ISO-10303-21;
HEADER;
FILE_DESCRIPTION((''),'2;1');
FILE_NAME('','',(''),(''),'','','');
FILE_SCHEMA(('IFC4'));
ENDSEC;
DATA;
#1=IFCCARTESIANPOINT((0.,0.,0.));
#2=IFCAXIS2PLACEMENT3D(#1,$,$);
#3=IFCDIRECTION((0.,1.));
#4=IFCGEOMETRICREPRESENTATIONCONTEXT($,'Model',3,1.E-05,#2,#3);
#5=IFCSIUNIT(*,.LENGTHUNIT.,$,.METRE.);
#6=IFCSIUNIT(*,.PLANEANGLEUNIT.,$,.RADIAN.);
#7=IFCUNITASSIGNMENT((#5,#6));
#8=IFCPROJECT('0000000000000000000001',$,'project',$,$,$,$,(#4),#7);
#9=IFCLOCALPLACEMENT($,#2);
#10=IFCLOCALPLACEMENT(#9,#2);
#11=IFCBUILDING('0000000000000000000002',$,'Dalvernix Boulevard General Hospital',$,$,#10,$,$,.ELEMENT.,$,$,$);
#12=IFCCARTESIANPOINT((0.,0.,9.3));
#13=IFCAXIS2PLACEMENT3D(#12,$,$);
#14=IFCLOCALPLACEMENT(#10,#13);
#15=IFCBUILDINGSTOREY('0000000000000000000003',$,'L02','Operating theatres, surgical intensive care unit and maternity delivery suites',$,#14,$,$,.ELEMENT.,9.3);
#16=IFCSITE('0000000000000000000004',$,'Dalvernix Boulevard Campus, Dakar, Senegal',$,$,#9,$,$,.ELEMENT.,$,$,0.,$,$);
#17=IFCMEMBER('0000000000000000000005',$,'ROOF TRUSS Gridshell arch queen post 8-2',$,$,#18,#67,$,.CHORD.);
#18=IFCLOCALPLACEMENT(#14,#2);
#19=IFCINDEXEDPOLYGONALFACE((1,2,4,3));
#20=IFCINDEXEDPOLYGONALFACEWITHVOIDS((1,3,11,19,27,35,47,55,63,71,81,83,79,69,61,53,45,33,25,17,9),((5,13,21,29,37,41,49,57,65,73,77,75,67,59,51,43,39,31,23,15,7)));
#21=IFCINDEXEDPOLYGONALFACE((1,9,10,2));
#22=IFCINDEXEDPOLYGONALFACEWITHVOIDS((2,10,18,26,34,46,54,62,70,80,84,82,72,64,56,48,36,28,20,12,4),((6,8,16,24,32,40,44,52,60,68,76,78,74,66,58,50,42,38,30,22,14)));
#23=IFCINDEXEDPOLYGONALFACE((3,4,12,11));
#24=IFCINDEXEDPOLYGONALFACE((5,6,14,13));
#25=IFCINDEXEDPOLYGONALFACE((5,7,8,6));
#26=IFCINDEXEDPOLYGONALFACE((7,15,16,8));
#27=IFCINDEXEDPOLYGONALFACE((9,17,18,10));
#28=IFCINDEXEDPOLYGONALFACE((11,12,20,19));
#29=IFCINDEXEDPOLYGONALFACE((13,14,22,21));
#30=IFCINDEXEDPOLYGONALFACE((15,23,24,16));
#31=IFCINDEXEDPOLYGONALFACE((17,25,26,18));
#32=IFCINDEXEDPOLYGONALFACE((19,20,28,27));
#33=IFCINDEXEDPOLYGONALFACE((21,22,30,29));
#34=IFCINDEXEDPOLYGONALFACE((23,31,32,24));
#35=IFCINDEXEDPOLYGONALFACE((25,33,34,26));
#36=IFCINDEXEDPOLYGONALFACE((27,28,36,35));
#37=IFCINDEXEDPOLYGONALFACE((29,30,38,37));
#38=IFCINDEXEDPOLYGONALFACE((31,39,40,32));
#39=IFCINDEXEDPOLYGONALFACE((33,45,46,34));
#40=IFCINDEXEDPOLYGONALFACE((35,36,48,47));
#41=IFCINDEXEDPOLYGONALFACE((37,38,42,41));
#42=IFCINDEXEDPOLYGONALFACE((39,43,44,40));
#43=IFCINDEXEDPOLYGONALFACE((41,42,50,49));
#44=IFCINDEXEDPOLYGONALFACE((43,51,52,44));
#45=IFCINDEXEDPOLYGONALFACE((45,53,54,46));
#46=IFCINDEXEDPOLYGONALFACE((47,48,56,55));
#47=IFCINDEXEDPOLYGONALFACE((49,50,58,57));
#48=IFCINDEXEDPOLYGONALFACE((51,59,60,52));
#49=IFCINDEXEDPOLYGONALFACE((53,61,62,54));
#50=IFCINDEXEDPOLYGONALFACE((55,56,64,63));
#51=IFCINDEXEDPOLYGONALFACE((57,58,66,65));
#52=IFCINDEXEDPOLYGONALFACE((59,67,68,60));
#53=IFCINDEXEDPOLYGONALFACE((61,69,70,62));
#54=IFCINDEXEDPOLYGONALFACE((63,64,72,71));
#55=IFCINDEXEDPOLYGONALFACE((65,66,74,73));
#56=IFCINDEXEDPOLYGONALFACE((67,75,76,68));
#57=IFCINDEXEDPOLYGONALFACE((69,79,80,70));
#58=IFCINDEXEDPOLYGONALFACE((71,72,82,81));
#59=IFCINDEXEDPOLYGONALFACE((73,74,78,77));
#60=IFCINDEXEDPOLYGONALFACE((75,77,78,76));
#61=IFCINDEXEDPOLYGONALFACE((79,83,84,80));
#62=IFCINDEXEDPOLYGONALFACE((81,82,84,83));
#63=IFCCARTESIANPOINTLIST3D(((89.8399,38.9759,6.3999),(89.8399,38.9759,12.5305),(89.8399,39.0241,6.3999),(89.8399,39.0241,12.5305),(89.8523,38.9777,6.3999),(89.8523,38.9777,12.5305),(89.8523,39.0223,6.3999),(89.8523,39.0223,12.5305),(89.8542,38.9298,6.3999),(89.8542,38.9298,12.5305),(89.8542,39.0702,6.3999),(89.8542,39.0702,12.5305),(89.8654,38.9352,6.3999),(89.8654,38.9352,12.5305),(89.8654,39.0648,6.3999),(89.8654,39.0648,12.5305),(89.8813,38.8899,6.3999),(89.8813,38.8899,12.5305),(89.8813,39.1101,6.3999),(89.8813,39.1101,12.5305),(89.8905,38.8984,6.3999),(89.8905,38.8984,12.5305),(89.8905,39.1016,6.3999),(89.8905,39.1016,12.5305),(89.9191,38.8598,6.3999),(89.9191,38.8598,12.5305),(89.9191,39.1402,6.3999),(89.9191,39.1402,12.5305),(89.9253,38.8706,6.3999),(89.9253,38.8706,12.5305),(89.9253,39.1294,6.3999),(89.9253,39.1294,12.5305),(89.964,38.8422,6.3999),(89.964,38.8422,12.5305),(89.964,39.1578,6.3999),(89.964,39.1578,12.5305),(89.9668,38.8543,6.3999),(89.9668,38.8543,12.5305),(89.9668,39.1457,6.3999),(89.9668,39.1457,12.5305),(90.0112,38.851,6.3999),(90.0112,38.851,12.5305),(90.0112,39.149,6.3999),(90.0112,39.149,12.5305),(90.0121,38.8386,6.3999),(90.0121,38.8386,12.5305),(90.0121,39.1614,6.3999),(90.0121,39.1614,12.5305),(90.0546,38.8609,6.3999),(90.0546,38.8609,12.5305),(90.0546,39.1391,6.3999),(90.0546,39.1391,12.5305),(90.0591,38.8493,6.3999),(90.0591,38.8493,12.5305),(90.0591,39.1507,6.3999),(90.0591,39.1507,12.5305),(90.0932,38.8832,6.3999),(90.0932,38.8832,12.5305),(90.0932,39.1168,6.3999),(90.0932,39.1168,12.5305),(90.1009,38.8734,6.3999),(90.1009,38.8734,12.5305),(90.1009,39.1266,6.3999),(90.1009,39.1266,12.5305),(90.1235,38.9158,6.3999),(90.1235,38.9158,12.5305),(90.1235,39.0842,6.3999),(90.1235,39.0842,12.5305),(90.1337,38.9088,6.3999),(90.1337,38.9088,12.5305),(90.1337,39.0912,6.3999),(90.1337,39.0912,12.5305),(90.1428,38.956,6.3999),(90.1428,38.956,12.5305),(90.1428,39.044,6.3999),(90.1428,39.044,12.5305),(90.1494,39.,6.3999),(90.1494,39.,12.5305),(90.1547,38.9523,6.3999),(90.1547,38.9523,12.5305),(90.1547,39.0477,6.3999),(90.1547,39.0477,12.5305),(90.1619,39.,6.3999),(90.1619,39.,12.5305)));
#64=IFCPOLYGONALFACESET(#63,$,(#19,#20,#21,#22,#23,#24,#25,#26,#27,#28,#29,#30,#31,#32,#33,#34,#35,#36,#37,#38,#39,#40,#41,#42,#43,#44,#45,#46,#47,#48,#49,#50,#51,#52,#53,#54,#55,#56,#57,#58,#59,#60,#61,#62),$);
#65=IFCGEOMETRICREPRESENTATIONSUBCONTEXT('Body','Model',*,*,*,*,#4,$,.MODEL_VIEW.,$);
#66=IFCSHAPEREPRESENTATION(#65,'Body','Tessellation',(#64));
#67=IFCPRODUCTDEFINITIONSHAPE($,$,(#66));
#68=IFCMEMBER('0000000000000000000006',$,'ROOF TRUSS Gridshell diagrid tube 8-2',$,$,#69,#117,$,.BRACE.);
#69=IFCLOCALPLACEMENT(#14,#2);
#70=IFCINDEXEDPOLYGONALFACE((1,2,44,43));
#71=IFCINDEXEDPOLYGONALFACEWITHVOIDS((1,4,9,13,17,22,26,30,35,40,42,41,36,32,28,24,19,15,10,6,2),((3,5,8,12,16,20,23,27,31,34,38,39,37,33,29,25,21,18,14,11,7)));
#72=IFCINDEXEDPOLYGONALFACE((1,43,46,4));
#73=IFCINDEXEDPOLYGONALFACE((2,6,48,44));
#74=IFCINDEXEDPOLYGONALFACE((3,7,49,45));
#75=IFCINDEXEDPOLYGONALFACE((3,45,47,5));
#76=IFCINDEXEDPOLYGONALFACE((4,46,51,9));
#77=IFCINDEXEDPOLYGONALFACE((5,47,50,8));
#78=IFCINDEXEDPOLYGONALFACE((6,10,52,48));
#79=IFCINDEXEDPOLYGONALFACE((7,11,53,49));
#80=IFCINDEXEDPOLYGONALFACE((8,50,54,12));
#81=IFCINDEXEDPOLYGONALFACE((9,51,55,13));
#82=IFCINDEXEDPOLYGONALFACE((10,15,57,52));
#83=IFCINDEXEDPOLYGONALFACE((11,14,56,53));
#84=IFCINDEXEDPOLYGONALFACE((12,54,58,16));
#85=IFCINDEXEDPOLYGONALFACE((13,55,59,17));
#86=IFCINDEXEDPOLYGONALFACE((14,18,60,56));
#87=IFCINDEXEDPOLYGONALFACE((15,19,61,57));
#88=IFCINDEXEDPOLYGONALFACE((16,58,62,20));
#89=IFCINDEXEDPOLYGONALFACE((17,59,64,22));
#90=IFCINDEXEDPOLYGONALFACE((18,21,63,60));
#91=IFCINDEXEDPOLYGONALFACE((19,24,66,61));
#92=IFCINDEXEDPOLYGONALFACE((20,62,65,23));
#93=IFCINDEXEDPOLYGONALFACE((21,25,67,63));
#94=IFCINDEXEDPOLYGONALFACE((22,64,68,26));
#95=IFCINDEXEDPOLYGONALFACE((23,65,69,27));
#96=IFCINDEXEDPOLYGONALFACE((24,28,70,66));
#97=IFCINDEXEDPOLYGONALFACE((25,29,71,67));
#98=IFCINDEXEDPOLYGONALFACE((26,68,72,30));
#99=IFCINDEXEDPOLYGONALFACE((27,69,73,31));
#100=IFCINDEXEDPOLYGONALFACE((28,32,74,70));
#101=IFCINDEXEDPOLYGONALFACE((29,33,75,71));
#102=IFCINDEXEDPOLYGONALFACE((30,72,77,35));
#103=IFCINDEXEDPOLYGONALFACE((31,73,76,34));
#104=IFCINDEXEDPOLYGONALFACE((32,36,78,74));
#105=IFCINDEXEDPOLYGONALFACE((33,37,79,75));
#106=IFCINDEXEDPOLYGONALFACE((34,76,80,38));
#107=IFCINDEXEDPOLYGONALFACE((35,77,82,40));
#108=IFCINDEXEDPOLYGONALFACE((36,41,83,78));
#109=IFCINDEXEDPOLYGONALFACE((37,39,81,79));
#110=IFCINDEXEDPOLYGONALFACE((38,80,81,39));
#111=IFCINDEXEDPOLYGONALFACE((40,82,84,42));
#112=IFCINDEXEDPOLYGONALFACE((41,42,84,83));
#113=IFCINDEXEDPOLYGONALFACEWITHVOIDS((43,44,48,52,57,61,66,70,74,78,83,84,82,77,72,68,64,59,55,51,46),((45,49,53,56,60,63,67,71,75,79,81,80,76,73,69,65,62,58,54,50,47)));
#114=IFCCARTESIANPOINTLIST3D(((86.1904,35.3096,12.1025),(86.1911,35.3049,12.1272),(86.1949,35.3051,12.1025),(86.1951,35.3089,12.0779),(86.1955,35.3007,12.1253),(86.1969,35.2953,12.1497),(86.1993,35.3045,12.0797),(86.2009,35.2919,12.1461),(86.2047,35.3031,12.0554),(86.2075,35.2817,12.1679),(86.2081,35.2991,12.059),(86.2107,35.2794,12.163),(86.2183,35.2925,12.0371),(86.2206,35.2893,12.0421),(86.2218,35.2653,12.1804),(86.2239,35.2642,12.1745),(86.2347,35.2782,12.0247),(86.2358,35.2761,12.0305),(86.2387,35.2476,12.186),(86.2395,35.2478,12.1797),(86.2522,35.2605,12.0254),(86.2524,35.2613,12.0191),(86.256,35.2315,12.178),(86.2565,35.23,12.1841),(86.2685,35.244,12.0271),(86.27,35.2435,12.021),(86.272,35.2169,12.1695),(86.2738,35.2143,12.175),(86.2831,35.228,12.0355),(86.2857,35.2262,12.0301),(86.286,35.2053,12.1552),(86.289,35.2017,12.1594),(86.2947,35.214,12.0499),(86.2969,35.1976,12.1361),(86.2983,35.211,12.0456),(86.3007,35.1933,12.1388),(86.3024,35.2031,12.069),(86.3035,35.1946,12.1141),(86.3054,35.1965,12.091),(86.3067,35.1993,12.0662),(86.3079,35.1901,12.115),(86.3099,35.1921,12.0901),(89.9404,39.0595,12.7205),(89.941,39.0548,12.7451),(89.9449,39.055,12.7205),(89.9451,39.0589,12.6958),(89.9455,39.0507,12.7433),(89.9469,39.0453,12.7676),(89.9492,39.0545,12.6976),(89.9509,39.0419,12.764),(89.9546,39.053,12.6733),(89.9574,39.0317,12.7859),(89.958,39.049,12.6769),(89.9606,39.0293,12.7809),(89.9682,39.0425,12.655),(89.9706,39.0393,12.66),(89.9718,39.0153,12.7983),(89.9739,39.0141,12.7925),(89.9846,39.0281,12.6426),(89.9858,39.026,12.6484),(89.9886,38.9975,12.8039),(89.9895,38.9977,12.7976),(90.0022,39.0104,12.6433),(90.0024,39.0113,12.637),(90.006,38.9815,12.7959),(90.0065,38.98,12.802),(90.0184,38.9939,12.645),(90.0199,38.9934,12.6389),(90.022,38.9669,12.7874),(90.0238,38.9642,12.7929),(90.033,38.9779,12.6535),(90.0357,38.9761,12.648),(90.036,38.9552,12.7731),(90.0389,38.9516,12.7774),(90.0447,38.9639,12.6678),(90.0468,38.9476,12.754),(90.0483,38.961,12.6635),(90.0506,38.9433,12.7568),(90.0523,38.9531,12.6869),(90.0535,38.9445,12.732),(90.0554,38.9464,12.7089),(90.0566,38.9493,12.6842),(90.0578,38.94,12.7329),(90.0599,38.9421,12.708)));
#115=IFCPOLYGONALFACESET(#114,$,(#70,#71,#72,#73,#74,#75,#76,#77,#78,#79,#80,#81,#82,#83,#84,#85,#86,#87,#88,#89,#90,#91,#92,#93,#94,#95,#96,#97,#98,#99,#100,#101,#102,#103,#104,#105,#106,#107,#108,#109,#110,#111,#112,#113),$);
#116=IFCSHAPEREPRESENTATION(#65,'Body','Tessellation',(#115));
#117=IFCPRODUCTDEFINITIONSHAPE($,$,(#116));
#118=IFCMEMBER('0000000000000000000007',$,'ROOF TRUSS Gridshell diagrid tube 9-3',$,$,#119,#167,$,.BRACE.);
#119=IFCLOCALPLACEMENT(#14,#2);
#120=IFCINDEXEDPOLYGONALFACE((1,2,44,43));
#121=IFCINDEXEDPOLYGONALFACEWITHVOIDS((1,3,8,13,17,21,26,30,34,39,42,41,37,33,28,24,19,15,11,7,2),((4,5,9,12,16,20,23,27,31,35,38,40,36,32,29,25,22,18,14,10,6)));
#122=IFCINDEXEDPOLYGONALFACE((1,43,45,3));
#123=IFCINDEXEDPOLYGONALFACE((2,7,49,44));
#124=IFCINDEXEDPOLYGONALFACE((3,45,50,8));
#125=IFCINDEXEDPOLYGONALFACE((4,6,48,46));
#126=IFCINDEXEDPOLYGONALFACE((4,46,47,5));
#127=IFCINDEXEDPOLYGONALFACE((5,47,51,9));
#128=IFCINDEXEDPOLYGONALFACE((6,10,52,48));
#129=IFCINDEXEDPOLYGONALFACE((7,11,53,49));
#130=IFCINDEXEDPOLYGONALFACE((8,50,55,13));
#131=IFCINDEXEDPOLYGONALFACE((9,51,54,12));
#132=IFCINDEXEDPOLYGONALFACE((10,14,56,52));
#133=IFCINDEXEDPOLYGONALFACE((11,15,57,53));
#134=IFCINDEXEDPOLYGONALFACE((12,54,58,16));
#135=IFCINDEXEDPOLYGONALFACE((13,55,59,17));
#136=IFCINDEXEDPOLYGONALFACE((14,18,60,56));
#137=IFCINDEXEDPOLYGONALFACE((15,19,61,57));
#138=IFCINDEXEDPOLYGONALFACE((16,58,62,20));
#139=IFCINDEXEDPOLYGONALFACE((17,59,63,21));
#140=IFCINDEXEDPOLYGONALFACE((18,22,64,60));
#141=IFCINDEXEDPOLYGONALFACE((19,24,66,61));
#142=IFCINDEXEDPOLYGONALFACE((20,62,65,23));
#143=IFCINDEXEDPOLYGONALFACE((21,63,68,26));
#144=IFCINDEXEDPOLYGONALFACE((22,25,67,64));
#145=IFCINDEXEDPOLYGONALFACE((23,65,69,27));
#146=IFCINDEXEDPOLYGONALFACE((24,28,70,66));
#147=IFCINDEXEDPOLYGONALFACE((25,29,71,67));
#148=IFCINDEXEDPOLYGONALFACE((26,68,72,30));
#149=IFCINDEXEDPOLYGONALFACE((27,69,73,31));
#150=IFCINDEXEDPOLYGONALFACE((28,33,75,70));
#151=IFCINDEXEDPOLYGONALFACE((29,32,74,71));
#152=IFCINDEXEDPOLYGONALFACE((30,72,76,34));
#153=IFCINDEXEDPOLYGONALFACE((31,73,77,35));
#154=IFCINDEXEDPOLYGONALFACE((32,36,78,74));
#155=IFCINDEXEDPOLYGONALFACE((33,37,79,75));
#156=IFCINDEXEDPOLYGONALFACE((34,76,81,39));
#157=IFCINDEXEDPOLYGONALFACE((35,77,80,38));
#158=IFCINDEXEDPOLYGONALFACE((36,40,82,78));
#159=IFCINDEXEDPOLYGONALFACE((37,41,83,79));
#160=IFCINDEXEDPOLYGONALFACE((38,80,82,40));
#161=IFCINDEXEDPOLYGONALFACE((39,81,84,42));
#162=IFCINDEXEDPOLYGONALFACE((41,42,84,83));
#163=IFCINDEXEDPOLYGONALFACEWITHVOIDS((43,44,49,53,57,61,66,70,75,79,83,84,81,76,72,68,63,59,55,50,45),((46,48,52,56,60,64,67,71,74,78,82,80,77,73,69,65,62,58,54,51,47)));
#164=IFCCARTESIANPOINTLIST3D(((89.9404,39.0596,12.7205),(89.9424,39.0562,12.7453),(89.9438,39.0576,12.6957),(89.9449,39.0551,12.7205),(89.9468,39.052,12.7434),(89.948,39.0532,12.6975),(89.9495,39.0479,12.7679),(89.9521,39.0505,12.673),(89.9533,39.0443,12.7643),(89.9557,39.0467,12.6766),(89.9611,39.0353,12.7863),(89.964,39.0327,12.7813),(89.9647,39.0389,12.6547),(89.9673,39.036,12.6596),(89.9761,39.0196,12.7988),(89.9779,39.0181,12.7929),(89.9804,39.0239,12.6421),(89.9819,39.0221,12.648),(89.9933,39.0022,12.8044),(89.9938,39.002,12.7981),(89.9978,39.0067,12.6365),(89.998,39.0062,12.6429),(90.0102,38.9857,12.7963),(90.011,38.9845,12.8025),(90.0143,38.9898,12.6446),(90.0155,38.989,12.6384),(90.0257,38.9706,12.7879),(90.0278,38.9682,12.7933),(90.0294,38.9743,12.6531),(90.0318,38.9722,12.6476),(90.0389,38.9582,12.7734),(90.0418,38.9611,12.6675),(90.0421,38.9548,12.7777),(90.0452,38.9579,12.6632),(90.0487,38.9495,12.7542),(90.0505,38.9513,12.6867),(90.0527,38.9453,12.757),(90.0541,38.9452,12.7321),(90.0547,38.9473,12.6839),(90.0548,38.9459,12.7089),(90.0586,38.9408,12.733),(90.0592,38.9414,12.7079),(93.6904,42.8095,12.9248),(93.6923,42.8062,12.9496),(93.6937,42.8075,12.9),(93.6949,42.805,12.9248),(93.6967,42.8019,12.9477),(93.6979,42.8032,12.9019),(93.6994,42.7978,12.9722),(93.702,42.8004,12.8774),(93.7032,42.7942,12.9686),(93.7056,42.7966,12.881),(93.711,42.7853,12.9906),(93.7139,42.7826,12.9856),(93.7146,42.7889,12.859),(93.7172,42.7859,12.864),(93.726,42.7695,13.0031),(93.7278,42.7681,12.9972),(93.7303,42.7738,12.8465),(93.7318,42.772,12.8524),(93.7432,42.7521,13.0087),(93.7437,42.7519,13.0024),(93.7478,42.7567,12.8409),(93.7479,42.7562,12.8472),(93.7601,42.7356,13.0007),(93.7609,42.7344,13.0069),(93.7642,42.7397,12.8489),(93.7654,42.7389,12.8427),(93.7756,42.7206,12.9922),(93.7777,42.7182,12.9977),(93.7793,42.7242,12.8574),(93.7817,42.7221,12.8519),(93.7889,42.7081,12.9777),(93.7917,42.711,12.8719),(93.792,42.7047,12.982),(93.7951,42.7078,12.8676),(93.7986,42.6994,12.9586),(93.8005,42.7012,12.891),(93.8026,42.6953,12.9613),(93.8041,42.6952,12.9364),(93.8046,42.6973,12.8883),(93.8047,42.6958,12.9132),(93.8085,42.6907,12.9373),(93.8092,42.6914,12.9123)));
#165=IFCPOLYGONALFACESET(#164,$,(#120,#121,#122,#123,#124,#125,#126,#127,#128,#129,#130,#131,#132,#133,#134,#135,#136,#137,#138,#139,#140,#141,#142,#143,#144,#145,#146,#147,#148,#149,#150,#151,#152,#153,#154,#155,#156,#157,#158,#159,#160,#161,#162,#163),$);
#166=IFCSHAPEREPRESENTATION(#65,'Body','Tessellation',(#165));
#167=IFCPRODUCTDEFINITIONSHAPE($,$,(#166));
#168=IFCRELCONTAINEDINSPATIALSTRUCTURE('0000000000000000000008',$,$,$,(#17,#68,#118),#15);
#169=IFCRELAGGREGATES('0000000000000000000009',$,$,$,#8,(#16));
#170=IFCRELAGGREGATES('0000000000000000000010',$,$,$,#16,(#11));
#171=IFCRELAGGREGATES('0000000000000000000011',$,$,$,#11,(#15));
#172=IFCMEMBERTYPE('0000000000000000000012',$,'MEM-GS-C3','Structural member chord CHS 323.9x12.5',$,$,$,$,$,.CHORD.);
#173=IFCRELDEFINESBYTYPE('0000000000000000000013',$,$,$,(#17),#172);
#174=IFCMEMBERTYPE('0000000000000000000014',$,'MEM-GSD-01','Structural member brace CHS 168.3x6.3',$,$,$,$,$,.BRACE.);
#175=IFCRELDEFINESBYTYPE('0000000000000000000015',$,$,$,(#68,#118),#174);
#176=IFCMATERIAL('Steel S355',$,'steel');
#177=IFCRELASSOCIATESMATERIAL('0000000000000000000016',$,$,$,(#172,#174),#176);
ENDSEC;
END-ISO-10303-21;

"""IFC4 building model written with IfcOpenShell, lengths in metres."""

from ifc_helpers import new_model, si_unit, direction, frame, origin, origin_2d, place, context, subcontext, project, spatial, hollow_circle, extrude, material, material_profile, profile_set, type_object, element, save


model = new_model("IFC4")

# Units and contexts
model_context = context("Model", 3, precision=1e-05, world=origin(), true_north=direction((0.0, 1.0)))
body_context = subcontext(model_context, "Body", "Model", "MODEL_VIEW")
ifc_project = project(units=[si_unit("LENGTHUNIT", "METRE"), si_unit("PLANEANGLEUNIT", "RADIAN")], contexts=[model_context])

# Site, building, storey
site_placement = place(None, origin())
site = spatial("IfcSite", under=ifc_project, at=site_placement, Name="Dalvernix Boulevard Campus, Dakar, Senegal", CompositionType="ELEMENT", RefElevation=0.0)
building_placement = place(site_placement, origin())
building = spatial("IfcBuilding", under=site, at=building_placement, Name="Dalvernix Boulevard General Hospital", CompositionType="ELEMENT")
storey_placement = place(building_placement, frame((0.0, 0.0, 9.3)))
storey = spatial("IfcBuildingStorey", under=building, at=storey_placement, Name="L02", Description="Operating theatres, surgical intensive care unit and maternity delivery suites", CompositionType="ELEMENT", Elevation=9.3)

# Shared definitions
ifc_material_1 = material(Name="Steel S355", Category="steel")

# Members
ifc_material_profile_1 = material_profile(ifc_material_1, hollow_circle(Radius=0.1619, WallThickness=0.0125, at=origin_2d()), Name="CHS 323.9x12.5")
ifc_profile_set_1 = profile_set([ifc_material_profile_1], Name="Steel S355")
member_type_1 = type_object("IfcMemberType", Name="MEM-GS-C3", Description="Structural member chord CHS 323.9x12.5", PredefinedType="CHORD", material=ifc_profile_set_1)
member_1_placement = place(storey_placement, frame((90.0, 39.0, 6.3999), z_axis=(0.0, 0.0, 1.0), x_axis=(1.0, 0.0, 0.0)))
element("IfcMember", 1, at=member_1_placement, inside=storey, type_object=member_type_1, Name="ROOF TRUSS Gridshell arch queen post 8-2", PredefinedType="CHORD", context=body_context, shape_type="SweptSolid", body=[
    extrude(hollow_circle(Radius=0.1619, WallThickness=0.0125, at=origin_2d()), origin(), (0.0, 0.0, 1.0), 6.1306),
])
ifc_material_profile_2 = material_profile(ifc_material_1, hollow_circle(Radius=0.0842, WallThickness=0.0063, at=origin_2d()), Name="CHS 168.3x6.3")
ifc_profile_set_2 = profile_set([ifc_material_profile_2], Name="Steel S355")
member_type_2 = type_object("IfcMemberType", Name="MEM-GSD-01", Description="Structural member brace CHS 168.3x6.3", PredefinedType="BRACE", material=ifc_profile_set_2)
member_2_placement = place(storey_placement, frame((86.25, 35.25, 12.1025), z_axis=(0.702355, 0.702355, 0.115733), x_axis=(-0.707107, 0.707107, 0.0)))
element("IfcMember", 2, at=member_2_placement, inside=storey, type_object=member_type_2, Name="ROOF TRUSS Gridshell diagrid tube 8-2", PredefinedType="BRACE", context=body_context, shape_type="SweptSolid", body=[
    extrude(hollow_circle(Radius=0.0842, WallThickness=0.0063, at=origin_2d()), origin(), (0.0, 0.0, 1.0), 5.3391),
])
member_3_placement = place(storey_placement, frame((90.0, 39.0, 12.7205), z_axis=(0.706582, 0.706582, 0.038503), x_axis=(-0.707107, 0.707107, 0.0)))
element("IfcMember", 3, at=member_3_placement, inside=storey, type_object=member_type_2, Name="ROOF TRUSS Gridshell diagrid tube 9-3", PredefinedType="BRACE", context=body_context, shape_type="SweptSolid", body=[
    extrude(hollow_circle(Radius=0.0842, WallThickness=0.0063, at=origin_2d()), origin(), (0.0, 0.0, 1.0), 5.3071),
])

save(model, "model.ifc")
